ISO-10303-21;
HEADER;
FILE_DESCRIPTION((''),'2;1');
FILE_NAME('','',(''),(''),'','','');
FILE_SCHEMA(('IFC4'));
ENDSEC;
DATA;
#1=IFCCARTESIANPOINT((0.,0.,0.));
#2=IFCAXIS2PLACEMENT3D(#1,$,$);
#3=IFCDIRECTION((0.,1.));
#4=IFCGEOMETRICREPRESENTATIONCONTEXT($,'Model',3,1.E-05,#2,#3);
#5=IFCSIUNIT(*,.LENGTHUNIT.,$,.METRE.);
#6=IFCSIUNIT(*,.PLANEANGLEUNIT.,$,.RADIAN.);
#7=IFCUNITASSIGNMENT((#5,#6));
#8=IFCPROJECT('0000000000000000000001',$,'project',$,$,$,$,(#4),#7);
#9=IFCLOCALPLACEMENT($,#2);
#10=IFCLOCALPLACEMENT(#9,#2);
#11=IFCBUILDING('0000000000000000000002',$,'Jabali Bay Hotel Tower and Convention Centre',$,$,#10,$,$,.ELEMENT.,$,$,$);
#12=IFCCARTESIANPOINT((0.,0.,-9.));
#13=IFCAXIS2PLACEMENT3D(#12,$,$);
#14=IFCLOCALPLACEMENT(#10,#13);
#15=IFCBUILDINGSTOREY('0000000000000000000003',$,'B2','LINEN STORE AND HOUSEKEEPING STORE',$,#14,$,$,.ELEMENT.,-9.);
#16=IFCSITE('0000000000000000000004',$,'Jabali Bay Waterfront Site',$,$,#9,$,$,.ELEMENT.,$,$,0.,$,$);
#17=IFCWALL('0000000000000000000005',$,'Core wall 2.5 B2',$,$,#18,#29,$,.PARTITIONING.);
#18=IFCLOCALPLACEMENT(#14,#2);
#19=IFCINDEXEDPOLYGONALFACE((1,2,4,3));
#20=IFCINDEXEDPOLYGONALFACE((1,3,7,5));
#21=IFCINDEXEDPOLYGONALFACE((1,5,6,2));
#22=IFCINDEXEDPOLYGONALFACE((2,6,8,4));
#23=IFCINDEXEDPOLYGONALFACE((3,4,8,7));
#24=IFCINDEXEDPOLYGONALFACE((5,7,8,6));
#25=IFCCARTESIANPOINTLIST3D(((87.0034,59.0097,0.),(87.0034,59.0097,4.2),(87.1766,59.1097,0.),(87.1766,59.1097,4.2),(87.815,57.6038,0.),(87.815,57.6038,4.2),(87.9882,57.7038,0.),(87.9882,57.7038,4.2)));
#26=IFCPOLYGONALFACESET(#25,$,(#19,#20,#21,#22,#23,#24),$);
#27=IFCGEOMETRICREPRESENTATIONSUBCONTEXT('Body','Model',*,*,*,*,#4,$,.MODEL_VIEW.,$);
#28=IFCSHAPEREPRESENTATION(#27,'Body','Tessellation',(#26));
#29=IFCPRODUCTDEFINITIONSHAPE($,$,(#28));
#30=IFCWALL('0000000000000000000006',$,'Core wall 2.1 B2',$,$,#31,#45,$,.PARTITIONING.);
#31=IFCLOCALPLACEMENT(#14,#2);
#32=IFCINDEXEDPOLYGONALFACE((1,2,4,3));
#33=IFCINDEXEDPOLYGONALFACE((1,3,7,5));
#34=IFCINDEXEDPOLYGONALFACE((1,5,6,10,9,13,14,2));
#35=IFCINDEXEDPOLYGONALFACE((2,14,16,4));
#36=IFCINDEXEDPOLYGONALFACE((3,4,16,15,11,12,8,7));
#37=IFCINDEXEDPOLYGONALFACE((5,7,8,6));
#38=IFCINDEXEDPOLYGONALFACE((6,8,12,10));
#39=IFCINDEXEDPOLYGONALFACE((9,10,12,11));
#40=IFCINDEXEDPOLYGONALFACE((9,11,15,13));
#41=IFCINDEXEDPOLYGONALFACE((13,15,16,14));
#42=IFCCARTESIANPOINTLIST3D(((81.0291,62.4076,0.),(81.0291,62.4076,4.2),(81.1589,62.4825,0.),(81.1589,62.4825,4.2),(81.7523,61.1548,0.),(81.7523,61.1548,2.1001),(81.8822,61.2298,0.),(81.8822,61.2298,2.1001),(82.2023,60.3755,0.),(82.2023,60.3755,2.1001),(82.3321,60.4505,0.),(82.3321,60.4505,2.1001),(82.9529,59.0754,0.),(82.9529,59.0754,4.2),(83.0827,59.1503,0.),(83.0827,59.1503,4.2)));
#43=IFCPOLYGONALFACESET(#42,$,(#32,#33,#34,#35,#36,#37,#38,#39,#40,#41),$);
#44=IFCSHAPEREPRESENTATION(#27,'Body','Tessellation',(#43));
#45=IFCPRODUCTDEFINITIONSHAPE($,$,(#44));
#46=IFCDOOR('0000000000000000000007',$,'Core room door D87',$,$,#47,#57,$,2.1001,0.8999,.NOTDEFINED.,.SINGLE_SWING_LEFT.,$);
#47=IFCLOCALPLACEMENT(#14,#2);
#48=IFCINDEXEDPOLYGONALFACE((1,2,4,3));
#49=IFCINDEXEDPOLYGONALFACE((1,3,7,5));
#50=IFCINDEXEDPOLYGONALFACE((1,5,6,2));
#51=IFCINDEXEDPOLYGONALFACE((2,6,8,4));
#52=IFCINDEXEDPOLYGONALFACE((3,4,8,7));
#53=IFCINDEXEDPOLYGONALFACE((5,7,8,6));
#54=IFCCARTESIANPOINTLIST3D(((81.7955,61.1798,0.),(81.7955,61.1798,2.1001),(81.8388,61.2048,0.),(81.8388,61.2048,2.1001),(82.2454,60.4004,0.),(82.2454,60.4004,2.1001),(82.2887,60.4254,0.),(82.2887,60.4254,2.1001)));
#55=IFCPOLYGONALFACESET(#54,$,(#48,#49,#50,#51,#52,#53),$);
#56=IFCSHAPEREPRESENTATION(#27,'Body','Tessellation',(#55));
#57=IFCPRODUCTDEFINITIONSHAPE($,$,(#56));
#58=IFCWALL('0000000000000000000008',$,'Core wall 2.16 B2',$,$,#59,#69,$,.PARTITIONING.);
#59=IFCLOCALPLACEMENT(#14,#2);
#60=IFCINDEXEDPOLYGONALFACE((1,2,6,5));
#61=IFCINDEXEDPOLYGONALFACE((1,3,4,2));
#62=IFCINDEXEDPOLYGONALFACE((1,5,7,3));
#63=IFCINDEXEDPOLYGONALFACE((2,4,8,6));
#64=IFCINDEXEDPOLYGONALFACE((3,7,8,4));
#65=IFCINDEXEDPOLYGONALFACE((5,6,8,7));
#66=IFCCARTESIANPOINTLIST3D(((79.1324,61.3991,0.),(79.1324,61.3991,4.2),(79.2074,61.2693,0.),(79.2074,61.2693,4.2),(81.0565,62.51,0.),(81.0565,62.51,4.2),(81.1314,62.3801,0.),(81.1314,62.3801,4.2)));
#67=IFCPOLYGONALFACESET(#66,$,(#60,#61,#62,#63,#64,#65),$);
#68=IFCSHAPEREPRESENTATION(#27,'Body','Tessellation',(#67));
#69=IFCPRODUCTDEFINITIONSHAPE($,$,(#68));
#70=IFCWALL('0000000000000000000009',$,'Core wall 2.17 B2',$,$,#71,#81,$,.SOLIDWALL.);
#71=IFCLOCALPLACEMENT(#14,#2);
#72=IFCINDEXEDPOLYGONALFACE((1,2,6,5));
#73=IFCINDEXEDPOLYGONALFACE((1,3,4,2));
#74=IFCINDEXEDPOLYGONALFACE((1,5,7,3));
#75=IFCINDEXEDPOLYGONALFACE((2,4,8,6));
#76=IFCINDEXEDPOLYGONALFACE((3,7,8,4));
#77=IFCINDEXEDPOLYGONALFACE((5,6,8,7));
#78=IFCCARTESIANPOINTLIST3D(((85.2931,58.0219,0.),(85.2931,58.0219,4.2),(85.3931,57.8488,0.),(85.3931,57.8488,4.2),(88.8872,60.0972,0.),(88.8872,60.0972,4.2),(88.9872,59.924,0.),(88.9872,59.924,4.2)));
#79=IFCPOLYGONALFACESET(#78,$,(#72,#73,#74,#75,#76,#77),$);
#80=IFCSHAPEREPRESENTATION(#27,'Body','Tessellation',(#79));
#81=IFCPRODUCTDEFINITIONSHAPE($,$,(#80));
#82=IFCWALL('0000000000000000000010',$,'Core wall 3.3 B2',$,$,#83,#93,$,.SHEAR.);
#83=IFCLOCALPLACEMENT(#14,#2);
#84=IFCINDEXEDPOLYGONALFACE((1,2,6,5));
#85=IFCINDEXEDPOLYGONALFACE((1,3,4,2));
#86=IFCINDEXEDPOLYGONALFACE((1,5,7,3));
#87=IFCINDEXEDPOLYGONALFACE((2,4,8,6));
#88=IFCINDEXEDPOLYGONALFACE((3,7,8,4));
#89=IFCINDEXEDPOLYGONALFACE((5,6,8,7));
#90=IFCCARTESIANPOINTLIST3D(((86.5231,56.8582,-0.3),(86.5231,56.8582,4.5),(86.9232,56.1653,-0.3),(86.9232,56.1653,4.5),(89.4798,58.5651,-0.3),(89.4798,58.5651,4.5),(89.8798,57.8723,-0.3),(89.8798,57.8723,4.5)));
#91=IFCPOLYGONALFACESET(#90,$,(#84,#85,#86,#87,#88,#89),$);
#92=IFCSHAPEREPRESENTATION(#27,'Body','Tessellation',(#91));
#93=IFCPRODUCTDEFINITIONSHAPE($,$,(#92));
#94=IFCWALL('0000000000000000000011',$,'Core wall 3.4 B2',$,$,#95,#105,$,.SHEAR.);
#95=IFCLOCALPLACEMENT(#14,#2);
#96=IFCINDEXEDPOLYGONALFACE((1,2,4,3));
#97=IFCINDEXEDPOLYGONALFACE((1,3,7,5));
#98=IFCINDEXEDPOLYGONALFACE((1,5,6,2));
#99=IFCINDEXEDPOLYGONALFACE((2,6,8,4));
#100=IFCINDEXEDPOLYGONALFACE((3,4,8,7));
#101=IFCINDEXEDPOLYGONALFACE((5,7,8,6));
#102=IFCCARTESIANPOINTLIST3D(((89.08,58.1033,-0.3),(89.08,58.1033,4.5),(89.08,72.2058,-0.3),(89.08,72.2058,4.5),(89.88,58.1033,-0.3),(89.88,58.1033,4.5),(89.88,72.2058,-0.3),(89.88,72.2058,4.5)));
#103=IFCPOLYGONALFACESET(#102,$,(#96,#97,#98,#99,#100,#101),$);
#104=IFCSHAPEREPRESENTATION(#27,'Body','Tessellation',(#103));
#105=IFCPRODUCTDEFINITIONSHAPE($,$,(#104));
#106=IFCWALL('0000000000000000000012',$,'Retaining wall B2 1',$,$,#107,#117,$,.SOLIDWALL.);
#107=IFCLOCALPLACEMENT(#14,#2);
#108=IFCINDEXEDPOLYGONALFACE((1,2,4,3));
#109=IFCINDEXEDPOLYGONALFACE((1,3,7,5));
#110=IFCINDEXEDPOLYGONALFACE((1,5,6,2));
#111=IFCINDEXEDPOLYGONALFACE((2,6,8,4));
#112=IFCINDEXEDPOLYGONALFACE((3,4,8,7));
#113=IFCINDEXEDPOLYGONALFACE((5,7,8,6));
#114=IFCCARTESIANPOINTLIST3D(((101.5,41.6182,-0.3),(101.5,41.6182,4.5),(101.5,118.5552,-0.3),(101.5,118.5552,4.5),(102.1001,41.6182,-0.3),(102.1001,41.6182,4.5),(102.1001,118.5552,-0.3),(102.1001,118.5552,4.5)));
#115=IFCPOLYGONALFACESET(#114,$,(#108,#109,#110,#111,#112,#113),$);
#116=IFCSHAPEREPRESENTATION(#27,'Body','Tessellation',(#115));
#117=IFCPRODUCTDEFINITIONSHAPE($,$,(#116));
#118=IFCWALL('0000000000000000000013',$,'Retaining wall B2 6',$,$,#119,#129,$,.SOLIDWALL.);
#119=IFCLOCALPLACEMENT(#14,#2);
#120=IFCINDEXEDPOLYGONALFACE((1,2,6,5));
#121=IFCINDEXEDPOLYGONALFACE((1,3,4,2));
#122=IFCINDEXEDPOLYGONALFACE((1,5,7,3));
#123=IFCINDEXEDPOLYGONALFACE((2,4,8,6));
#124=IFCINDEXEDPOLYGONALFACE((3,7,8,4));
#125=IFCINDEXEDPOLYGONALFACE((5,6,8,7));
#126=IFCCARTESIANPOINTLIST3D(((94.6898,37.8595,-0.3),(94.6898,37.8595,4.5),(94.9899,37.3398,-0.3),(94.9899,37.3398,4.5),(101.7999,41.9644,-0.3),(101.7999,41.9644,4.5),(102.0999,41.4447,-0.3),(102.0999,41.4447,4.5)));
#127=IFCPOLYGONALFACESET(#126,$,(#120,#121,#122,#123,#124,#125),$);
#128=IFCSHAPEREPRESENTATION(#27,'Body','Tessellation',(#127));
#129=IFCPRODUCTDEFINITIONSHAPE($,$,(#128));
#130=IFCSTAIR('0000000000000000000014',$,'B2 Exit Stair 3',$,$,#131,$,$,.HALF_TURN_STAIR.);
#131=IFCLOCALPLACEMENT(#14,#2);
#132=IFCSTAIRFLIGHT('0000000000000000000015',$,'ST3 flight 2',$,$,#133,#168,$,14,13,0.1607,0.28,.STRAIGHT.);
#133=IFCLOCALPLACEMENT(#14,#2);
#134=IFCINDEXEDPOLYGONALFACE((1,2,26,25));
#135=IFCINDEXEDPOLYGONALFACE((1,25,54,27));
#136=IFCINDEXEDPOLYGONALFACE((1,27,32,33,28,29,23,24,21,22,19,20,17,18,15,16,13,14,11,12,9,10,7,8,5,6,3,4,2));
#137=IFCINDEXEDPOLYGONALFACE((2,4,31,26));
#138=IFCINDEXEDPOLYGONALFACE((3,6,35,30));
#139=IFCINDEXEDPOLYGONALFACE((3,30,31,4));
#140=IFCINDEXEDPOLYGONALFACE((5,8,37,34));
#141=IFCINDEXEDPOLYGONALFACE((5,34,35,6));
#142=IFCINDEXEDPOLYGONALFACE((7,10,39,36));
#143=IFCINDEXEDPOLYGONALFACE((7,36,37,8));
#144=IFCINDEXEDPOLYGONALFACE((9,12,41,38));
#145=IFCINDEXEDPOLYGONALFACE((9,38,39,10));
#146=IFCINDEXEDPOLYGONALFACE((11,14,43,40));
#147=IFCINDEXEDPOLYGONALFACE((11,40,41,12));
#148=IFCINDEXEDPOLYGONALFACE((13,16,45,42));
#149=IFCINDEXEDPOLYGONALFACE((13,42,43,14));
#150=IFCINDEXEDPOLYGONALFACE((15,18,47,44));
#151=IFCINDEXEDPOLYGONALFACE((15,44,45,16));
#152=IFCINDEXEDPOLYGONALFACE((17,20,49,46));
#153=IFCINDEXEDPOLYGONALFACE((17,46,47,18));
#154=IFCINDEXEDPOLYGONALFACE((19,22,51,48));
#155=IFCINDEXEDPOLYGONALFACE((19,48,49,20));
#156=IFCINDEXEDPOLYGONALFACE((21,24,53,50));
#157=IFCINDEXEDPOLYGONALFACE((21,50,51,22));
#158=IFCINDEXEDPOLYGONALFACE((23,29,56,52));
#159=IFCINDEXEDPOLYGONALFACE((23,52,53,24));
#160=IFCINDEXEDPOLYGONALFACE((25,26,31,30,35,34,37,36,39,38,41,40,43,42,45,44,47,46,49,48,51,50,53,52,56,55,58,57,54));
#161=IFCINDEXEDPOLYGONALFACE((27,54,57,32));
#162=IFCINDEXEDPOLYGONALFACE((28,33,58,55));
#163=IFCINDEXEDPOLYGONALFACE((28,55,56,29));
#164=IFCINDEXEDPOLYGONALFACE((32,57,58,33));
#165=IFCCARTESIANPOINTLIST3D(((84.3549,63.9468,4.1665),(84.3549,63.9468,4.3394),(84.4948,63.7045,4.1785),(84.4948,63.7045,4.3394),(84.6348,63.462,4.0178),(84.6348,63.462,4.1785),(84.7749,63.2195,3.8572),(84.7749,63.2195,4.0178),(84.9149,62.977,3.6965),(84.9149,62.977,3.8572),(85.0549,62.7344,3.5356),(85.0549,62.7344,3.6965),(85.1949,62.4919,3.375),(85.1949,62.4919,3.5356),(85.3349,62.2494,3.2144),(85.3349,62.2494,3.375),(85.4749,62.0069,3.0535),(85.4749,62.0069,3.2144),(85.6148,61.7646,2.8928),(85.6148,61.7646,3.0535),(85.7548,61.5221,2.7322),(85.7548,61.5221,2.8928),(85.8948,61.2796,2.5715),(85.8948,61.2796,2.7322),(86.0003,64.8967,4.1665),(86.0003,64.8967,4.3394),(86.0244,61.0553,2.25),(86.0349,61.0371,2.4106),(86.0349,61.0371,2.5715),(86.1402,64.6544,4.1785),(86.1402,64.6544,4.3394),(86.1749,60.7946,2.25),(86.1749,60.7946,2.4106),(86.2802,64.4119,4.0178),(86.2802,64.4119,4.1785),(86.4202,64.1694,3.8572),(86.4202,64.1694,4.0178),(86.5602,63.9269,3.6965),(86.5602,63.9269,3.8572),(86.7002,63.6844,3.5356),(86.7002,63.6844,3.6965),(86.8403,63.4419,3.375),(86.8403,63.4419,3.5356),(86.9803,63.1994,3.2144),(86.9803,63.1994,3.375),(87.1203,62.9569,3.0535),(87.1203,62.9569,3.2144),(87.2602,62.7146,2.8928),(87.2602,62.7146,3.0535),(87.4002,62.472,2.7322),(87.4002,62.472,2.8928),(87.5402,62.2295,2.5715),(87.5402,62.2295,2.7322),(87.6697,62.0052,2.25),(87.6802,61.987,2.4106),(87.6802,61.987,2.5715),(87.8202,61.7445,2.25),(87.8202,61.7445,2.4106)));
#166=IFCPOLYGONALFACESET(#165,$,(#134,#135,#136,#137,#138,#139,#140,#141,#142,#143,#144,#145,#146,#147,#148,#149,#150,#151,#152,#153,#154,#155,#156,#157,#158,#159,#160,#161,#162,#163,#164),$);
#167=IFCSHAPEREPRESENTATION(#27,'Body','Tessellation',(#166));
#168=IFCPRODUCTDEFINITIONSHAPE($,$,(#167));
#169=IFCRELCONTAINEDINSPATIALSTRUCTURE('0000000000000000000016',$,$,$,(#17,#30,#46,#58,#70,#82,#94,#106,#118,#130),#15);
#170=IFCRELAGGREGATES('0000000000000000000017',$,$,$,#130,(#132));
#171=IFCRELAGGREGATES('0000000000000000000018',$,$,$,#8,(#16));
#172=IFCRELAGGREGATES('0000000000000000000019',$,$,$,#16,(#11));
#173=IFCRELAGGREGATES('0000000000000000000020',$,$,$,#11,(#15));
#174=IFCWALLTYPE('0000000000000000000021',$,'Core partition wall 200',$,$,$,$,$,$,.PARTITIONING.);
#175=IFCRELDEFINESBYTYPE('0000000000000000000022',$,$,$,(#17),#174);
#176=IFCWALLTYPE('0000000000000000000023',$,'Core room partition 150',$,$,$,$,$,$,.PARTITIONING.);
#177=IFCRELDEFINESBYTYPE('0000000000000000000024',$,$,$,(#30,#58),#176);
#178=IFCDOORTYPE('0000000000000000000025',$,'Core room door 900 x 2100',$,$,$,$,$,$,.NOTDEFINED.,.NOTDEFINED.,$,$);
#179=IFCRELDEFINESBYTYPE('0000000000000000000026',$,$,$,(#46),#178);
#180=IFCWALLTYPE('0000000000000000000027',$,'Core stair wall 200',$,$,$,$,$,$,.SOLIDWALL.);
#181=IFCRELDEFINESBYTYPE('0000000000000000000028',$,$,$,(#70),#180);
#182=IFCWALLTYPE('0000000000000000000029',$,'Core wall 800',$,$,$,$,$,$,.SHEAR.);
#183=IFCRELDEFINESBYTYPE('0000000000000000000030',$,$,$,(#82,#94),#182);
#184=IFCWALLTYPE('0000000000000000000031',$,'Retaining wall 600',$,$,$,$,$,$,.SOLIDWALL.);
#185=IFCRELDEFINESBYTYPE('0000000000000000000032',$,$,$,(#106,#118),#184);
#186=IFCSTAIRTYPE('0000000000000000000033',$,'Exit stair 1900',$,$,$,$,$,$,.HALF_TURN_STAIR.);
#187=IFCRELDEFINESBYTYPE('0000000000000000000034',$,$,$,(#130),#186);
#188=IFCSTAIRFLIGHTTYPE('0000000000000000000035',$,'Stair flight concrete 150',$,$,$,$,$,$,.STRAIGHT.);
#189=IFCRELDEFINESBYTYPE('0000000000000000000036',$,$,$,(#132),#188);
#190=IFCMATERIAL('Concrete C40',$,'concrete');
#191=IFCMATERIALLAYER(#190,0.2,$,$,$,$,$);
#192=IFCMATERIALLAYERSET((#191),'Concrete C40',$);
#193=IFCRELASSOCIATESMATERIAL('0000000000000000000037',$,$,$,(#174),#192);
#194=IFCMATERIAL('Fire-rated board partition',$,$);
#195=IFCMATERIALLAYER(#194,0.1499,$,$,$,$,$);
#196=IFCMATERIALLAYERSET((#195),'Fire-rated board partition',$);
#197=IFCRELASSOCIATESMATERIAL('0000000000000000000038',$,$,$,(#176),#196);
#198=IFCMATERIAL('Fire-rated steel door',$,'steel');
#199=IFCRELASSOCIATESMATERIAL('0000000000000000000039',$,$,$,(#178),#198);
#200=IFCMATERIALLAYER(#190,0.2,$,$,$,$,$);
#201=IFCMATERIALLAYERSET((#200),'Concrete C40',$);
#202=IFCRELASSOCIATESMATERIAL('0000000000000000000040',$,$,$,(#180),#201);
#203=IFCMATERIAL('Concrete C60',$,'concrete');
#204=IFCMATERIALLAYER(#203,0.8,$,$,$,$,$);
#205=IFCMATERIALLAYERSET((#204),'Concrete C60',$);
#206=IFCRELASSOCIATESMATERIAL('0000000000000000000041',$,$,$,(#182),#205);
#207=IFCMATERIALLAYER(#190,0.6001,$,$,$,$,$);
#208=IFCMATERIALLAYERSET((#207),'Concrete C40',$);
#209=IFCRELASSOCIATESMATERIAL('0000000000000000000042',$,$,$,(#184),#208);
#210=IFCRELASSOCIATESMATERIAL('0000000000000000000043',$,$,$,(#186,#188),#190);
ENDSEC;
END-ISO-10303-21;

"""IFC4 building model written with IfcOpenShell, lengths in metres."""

from ifc_helpers import new_model, si_unit, direction, frame, frame_2d, origin, place, context, subcontext, project, spatial, polyline, rectangle, outline, extrude, material, layer, layer_set, type_object, element, fill, aggregate, save


model = new_model("IFC4")

# Units and contexts
model_context = context("Model", 3, precision=1e-05, world=origin(), true_north=direction((0.0, 1.0)))
body_context = subcontext(model_context, "Body", "Model", "MODEL_VIEW")
ifc_project = project(units=[si_unit("LENGTHUNIT", "METRE"), si_unit("PLANEANGLEUNIT", "RADIAN")], contexts=[model_context])

# Site, building, storey
site_placement = place(None, origin())
site = spatial("IfcSite", under=ifc_project, at=site_placement, Name="Jabali Bay Waterfront Site", CompositionType="ELEMENT", RefElevation=0.0)
building_placement = place(site_placement, origin())
building = spatial("IfcBuilding", under=site, at=building_placement, Name="Jabali Bay Hotel Tower and Convention Centre", CompositionType="ELEMENT")
storey_placement = place(building_placement, frame((0.0, 0.0, -9.0)))
storey = spatial("IfcBuildingStorey", under=building, at=storey_placement, Name="B2", Description="LINEN STORE AND HOUSEKEEPING STORE", CompositionType="ELEMENT", Elevation=-9.0)

# Shared definitions
ifc_material_1 = material(Name="Concrete C60", Category="concrete")

# Wall
ifc_material_2 = material(Name="Concrete C40", Category="concrete")
ifc_layer_1 = layer(ifc_material_2, 0.2)
ifc_layer_set_1 = layer_set([ifc_layer_1], Name="Concrete C40")
wall_type_1 = type_object("IfcWallType", Name="Core partition wall 200", PredefinedType="PARTITIONING", material=ifc_layer_set_1)
wall_1_placement = place(storey_placement, frame((87.0901, 59.0596, 0.0), z_axis=(0.0, 0.0, 1.0), x_axis=(0.499957, -0.86605, 0.0)))
element("IfcWall", 1, at=wall_1_placement, inside=storey, type_object=wall_type_1, Name="Core wall 2.5 B2", PredefinedType="PARTITIONING", context=body_context, shape_type="SweptSolid", body=[
    extrude(rectangle(XDim=1.6233, YDim=0.2, at=frame_2d((0.8115, 0.0))), origin(), (0.0, 0.0, 1.0), 4.2),
])

# Wall, opening, door
ifc_material_3 = material(Name="Fire-rated board partition")
ifc_layer_2 = layer(ifc_material_3, 0.1499)
ifc_layer_set_2 = layer_set([ifc_layer_2], Name="Fire-rated board partition")
wall_type_2 = type_object("IfcWallType", Name="Core room partition 150", PredefinedType="PARTITIONING", material=ifc_layer_set_2)
wall_2_placement = place(storey_placement, frame((81.094, 62.4451, 0.0), z_axis=(0.0, 0.0, 1.0), x_axis=(0.499988, -0.866032, 0.0)))
wall_2 = element("IfcWall", 2, at=wall_2_placement, inside=storey, type_object=wall_type_2, Name="Core wall 2.1 B2", PredefinedType="PARTITIONING", context=body_context, shape_type="SweptSolid", body=[
    extrude(rectangle(XDim=3.8477, YDim=0.1499, at=frame_2d((1.9238, 0.0))), origin(), (0.0, 0.0, 1.0), 4.2),
])
opening_placement = place(wall_2_placement, frame((1.4465, 0.0, 0.0)))
opening = element("IfcOpeningElement", 3, at=opening_placement, cuts=wall_2, PredefinedType="OPENING", context=body_context, shape_type="SweptSolid", body=[
    extrude(rectangle(XDim=0.8999, YDim=2.1001, at=frame_2d((0.45, 1.05))), frame((0.0, 0.0854, 0.0), z_axis=(0.0, -1.0, 0.0), x_axis=(1.0, 0.0, 0.0)), (0.0, 0.0, 1.0), 0.1709),
])
ifc_material_4 = material(Name="Fire-rated steel door", Category="steel")
door_type = type_object("IfcDoorType", Name="Core room door 900 x 2100", OperationType="NOTDEFINED", PredefinedType="NOTDEFINED", material=ifc_material_4)
door_placement = place(opening_placement, origin())
door = element("IfcDoor", 4, at=door_placement, inside=storey, type_object=door_type, Name="Core room door D87", OperationType="SINGLE_SWING_LEFT", OverallHeight=2.1001, OverallWidth=0.8999, PredefinedType="NOTDEFINED", context=body_context, shape_type="SweptSolid", body=[
    extrude(rectangle(XDim=0.8999, YDim=2.1001, at=frame_2d((0.45, 1.05))), frame((0.0, 0.0249, 0.0), z_axis=(0.0, -1.0, 0.0), x_axis=(1.0, 0.0, 0.0)), (0.0, 0.0, 1.0), 0.05),
])
fill(opening, door)

# Walls
wall_3_placement = place(storey_placement, frame((79.1699, 61.3342, 0.0), z_axis=(0.0, 0.0, 1.0), x_axis=(0.86603, 0.499992, 0.0)))
element("IfcWall", 5, at=wall_3_placement, inside=storey, type_object=wall_type_2, Name="Core wall 2.16 B2", PredefinedType="PARTITIONING", context=body_context, shape_type="SweptSolid", body=[
    extrude(rectangle(XDim=2.2217, YDim=0.1499, at=frame_2d((1.1108, 0.0))), origin(), (0.0, 0.0, 1.0), 4.2),
])
ifc_layer_3 = layer(ifc_material_2, 0.2)
ifc_layer_set_3 = layer_set([ifc_layer_3], Name="Concrete C40")
wall_type_3 = type_object("IfcWallType", Name="Core stair wall 200", PredefinedType="SOLIDWALL", material=ifc_layer_set_3)
wall_4_placement = place(storey_placement, frame((85.343, 57.9353, 0.0), z_axis=(0.0, 0.0, 1.0), x_axis=(0.866004, 0.500036, 0.0)))
element("IfcWall", 6, at=wall_4_placement, inside=storey, type_object=wall_type_3, Name="Core wall 2.17 B2", PredefinedType="SOLIDWALL", context=body_context, shape_type="SweptSolid", body=[
    extrude(rectangle(XDim=4.1501, YDim=0.2, at=frame_2d((2.0752, 0.0))), origin(), (0.0, 0.0, 1.0), 4.2),
])
ifc_layer_4 = layer(ifc_material_1, 0.8)
ifc_layer_set_4 = layer_set([ifc_layer_4], Name="Concrete C60")
wall_type_4 = type_object("IfcWallType", Name="Core wall 800", PredefinedType="SHEAR", material=ifc_layer_set_4)
wall_5_placement = place(storey_placement, frame((86.7231, 56.5117, -0.3), z_axis=(0.0, 0.0, 1.0), x_axis=(0.866034, 0.499984, 0.0)))
element("IfcWall", 7, at=wall_5_placement, inside=storey, type_object=wall_type_4, Name="Core wall 3.3 B2", PredefinedType="SHEAR", context=body_context, shape_type="SweptSolid", body=[
    extrude(rectangle(XDim=3.4141, YDim=0.8, at=frame_2d((1.707, 0.0))), origin(), (0.0, 0.0, 1.0), 4.8),
])
wall_6_placement = place(storey_placement, frame((89.48, 58.1033, -0.3), z_axis=(0.0, 0.0, 1.0), x_axis=(0.0, 1.0, 0.0)))
element("IfcWall", 8, at=wall_6_placement, inside=storey, type_object=wall_type_4, Name="Core wall 3.4 B2", PredefinedType="SHEAR", context=body_context, shape_type="SweptSolid", body=[
    extrude(rectangle(XDim=14.1025, YDim=0.8, at=frame_2d((7.0513, 0.0))), origin(), (0.0, 0.0, 1.0), 4.8),
])
ifc_layer_5 = layer(ifc_material_2, 0.6001)
ifc_layer_set_5 = layer_set([ifc_layer_5], Name="Concrete C40")
wall_type_5 = type_object("IfcWallType", Name="Retaining wall 600", PredefinedType="SOLIDWALL", material=ifc_layer_set_5)
wall_7_placement = place(storey_placement, frame((101.8, 41.6182, -0.3), z_axis=(0.0, 0.0, 1.0), x_axis=(0.0, 1.0, 0.0)))
element("IfcWall", 9, at=wall_7_placement, inside=storey, type_object=wall_type_5, Name="Retaining wall B2 1", PredefinedType="SOLIDWALL", context=body_context, shape_type="SweptSolid", body=[
    extrude(rectangle(XDim=76.937, YDim=0.6001, at=frame_2d((38.4685, 0.0))), origin(), (0.0, 0.0, 1.0), 4.8),
])
wall_8_placement = place(storey_placement, frame((94.8398, 37.5996, -0.3), z_axis=(0.0, 0.0, 1.0), x_axis=(0.866028, 0.499996, 0.0)))
element("IfcWall", 10, at=wall_8_placement, inside=storey, type_object=wall_type_5, Name="Retaining wall B2 6", PredefinedType="SOLIDWALL", context=body_context, shape_type="SweptSolid", body=[
    extrude(rectangle(XDim=8.21, YDim=0.6001, at=frame_2d((4.105, 0.0))), origin(), (0.0, 0.0, 1.0), 4.8),
])

# Stair, stair flight
stair_type = type_object("IfcStairType", Name="Exit stair 1900", PredefinedType="HALF_TURN_STAIR", material=ifc_material_2)
stair_placement = place(storey_placement, origin())
stair = element("IfcStair", 11, at=stair_placement, inside=storey, type_object=stair_type, Name="B2 Exit Stair 3", PredefinedType="HALF_TURN_STAIR")
stair_flight_type = type_object("IfcStairFlightType", Name="Stair flight concrete 150", PredefinedType="STRAIGHT", material=ifc_material_2)
stair_flight_placement = place(storey_placement, frame((86.9976, 61.2695, 2.25), z_axis=(0.0, 0.0, 1.0), x_axis=(-0.5, 0.866025, 0.0)))
stair_flight = element("IfcStairFlight", 12, at=stair_flight_placement, type_object=stair_flight_type, Name="ST3 flight 2", NumberOfRisers=14, NumberOfTreads=13, PredefinedType="STRAIGHT", RiserHeight=0.1607, TreadLength=0.28, context=body_context, shape_type="SweptSolid", body=[
    extrude(outline(polyline([(0.0, 0.0), (0.0, 0.1606), (0.28, 0.1606), (0.28, 0.3215), (0.5601, 0.3215), (0.5601, 0.4822), (0.8401, 0.4822), (0.8401, 0.6428), (1.1201, 0.6428), (1.1201, 0.8035), (1.3999, 0.8035), (1.3999, 0.9644), (1.6799, 0.9644), (1.6799, 1.125), (1.96, 1.125), (1.96, 1.2856), (2.24, 1.2856), (2.24, 1.4465), (2.52, 1.4465), (2.52, 1.6072), (2.8, 1.6072), (2.8, 1.7678), (3.0801, 1.7678), (3.0801, 1.9285), (3.3601, 1.9285), (3.3601, 2.0894), (3.6399, 2.0894), (3.6399, 2.25), (3.6399, 1.9165), (0.301, 0.0), (0.0, 0.0)])), frame((0.0, 0.95, 0.0), z_axis=(0.0, -1.0, 0.0), x_axis=(1.0, 0.0, 0.0)), (0.0, 0.0, 1.0), 1.8999),
])
aggregate(stair, [stair_flight])

save(model, "model.ifc")
